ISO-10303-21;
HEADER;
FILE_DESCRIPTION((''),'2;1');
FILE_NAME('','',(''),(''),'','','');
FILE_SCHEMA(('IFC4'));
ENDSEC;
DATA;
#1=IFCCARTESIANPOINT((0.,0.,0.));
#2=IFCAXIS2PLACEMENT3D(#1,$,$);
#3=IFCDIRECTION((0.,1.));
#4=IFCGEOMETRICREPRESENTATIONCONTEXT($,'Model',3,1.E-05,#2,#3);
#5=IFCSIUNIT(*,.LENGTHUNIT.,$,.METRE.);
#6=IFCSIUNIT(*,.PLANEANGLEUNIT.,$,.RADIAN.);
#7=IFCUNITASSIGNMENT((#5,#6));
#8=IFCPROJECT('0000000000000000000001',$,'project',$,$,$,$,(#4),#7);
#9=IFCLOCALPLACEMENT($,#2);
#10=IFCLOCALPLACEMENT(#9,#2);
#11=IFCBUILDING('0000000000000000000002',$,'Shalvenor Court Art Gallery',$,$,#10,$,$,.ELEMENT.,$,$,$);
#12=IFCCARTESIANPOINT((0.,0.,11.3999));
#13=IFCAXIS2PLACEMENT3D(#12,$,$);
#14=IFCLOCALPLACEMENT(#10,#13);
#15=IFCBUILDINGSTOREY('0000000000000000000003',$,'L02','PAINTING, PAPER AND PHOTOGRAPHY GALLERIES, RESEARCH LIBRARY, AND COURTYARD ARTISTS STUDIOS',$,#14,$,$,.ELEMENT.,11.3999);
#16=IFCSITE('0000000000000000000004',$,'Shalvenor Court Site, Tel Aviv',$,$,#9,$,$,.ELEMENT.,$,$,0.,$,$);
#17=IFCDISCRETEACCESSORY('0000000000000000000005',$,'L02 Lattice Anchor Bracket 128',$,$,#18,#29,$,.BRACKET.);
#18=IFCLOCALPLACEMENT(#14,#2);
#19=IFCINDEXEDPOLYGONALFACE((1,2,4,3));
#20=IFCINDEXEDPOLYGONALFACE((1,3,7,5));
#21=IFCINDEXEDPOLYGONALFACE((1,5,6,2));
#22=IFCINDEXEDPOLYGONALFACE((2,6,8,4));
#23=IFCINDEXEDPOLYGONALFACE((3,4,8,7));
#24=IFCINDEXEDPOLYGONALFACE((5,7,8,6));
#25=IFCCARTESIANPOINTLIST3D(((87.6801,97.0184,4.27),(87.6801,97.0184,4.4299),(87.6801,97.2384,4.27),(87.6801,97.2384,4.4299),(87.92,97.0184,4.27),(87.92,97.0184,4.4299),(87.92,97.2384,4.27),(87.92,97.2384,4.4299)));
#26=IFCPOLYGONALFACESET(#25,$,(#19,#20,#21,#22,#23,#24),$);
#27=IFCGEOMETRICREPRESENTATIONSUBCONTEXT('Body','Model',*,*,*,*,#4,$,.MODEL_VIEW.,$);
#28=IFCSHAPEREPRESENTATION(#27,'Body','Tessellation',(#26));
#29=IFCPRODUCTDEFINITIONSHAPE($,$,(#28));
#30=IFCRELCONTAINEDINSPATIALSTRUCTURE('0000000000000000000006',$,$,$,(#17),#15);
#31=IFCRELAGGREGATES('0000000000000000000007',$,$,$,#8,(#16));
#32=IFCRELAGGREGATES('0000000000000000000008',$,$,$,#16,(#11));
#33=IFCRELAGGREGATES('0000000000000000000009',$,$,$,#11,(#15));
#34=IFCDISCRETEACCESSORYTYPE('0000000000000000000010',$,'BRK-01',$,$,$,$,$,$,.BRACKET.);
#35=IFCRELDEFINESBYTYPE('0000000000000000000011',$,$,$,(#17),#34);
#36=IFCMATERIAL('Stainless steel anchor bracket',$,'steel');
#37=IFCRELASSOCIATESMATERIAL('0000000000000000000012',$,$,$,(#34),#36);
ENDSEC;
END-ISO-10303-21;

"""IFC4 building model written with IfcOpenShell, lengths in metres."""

from ifc_helpers import new_model, si_unit, direction, frame, origin, origin_2d, place, context, subcontext, project, spatial, rectangle, extrude, material, type_object, element, save


model = new_model("IFC4")

# Units and contexts
model_context = context("Model", 3, precision=1e-05, world=origin(), true_north=direction((0.0, 1.0)))
body_context = subcontext(model_context, "Body", "Model", "MODEL_VIEW")
ifc_project = project(units=[si_unit("LENGTHUNIT", "METRE"), si_unit("PLANEANGLEUNIT", "RADIAN")], contexts=[model_context])

# Site, building, storey
site_placement = place(None, origin())
site = spatial("IfcSite", under=ifc_project, at=site_placement, Name="Shalvenor Court Site, Tel Aviv", CompositionType="ELEMENT", RefElevation=0.0)
building_placement = place(site_placement, origin())
building = spatial("IfcBuilding", under=site, at=building_placement, Name="Shalvenor Court Art Gallery", CompositionType="ELEMENT")
storey_placement = place(building_placement, frame((0.0, 0.0, 11.3999)))
storey = spatial("IfcBuildingStorey", under=building, at=storey_placement, Name="L02", Description="PAINTING, PAPER AND PHOTOGRAPHY GALLERIES, RESEARCH LIBRARY, AND COURTYARD ARTISTS STUDIOS", CompositionType="ELEMENT", Elevation=11.3999)

# Discrete accessory
ifc_material_1 = material(Name="Stainless steel anchor bracket", Category="steel")
discrete_accessory_type = type_object("IfcDiscreteAccessoryType", Name="BRK-01", PredefinedType="BRACKET", material=ifc_material_1)
discrete_accessory_placement = place(storey_placement, frame((87.8, 97.1284, 4.27), z_axis=(0.0, 0.0, 1.0), x_axis=(-1.0, 0.0, 0.0)))
element("IfcDiscreteAccessory", 1, at=discrete_accessory_placement, inside=storey, type_object=discrete_accessory_type, Name="L02 Lattice Anchor Bracket 128", PredefinedType="BRACKET", context=body_context, shape_type="SweptSolid", body=[
    extrude(rectangle(XDim=0.24, YDim=0.22, at=origin_2d()), origin(), (0.0, 0.0, 1.0), 0.1599),
])

save(model, "model.ifc")
